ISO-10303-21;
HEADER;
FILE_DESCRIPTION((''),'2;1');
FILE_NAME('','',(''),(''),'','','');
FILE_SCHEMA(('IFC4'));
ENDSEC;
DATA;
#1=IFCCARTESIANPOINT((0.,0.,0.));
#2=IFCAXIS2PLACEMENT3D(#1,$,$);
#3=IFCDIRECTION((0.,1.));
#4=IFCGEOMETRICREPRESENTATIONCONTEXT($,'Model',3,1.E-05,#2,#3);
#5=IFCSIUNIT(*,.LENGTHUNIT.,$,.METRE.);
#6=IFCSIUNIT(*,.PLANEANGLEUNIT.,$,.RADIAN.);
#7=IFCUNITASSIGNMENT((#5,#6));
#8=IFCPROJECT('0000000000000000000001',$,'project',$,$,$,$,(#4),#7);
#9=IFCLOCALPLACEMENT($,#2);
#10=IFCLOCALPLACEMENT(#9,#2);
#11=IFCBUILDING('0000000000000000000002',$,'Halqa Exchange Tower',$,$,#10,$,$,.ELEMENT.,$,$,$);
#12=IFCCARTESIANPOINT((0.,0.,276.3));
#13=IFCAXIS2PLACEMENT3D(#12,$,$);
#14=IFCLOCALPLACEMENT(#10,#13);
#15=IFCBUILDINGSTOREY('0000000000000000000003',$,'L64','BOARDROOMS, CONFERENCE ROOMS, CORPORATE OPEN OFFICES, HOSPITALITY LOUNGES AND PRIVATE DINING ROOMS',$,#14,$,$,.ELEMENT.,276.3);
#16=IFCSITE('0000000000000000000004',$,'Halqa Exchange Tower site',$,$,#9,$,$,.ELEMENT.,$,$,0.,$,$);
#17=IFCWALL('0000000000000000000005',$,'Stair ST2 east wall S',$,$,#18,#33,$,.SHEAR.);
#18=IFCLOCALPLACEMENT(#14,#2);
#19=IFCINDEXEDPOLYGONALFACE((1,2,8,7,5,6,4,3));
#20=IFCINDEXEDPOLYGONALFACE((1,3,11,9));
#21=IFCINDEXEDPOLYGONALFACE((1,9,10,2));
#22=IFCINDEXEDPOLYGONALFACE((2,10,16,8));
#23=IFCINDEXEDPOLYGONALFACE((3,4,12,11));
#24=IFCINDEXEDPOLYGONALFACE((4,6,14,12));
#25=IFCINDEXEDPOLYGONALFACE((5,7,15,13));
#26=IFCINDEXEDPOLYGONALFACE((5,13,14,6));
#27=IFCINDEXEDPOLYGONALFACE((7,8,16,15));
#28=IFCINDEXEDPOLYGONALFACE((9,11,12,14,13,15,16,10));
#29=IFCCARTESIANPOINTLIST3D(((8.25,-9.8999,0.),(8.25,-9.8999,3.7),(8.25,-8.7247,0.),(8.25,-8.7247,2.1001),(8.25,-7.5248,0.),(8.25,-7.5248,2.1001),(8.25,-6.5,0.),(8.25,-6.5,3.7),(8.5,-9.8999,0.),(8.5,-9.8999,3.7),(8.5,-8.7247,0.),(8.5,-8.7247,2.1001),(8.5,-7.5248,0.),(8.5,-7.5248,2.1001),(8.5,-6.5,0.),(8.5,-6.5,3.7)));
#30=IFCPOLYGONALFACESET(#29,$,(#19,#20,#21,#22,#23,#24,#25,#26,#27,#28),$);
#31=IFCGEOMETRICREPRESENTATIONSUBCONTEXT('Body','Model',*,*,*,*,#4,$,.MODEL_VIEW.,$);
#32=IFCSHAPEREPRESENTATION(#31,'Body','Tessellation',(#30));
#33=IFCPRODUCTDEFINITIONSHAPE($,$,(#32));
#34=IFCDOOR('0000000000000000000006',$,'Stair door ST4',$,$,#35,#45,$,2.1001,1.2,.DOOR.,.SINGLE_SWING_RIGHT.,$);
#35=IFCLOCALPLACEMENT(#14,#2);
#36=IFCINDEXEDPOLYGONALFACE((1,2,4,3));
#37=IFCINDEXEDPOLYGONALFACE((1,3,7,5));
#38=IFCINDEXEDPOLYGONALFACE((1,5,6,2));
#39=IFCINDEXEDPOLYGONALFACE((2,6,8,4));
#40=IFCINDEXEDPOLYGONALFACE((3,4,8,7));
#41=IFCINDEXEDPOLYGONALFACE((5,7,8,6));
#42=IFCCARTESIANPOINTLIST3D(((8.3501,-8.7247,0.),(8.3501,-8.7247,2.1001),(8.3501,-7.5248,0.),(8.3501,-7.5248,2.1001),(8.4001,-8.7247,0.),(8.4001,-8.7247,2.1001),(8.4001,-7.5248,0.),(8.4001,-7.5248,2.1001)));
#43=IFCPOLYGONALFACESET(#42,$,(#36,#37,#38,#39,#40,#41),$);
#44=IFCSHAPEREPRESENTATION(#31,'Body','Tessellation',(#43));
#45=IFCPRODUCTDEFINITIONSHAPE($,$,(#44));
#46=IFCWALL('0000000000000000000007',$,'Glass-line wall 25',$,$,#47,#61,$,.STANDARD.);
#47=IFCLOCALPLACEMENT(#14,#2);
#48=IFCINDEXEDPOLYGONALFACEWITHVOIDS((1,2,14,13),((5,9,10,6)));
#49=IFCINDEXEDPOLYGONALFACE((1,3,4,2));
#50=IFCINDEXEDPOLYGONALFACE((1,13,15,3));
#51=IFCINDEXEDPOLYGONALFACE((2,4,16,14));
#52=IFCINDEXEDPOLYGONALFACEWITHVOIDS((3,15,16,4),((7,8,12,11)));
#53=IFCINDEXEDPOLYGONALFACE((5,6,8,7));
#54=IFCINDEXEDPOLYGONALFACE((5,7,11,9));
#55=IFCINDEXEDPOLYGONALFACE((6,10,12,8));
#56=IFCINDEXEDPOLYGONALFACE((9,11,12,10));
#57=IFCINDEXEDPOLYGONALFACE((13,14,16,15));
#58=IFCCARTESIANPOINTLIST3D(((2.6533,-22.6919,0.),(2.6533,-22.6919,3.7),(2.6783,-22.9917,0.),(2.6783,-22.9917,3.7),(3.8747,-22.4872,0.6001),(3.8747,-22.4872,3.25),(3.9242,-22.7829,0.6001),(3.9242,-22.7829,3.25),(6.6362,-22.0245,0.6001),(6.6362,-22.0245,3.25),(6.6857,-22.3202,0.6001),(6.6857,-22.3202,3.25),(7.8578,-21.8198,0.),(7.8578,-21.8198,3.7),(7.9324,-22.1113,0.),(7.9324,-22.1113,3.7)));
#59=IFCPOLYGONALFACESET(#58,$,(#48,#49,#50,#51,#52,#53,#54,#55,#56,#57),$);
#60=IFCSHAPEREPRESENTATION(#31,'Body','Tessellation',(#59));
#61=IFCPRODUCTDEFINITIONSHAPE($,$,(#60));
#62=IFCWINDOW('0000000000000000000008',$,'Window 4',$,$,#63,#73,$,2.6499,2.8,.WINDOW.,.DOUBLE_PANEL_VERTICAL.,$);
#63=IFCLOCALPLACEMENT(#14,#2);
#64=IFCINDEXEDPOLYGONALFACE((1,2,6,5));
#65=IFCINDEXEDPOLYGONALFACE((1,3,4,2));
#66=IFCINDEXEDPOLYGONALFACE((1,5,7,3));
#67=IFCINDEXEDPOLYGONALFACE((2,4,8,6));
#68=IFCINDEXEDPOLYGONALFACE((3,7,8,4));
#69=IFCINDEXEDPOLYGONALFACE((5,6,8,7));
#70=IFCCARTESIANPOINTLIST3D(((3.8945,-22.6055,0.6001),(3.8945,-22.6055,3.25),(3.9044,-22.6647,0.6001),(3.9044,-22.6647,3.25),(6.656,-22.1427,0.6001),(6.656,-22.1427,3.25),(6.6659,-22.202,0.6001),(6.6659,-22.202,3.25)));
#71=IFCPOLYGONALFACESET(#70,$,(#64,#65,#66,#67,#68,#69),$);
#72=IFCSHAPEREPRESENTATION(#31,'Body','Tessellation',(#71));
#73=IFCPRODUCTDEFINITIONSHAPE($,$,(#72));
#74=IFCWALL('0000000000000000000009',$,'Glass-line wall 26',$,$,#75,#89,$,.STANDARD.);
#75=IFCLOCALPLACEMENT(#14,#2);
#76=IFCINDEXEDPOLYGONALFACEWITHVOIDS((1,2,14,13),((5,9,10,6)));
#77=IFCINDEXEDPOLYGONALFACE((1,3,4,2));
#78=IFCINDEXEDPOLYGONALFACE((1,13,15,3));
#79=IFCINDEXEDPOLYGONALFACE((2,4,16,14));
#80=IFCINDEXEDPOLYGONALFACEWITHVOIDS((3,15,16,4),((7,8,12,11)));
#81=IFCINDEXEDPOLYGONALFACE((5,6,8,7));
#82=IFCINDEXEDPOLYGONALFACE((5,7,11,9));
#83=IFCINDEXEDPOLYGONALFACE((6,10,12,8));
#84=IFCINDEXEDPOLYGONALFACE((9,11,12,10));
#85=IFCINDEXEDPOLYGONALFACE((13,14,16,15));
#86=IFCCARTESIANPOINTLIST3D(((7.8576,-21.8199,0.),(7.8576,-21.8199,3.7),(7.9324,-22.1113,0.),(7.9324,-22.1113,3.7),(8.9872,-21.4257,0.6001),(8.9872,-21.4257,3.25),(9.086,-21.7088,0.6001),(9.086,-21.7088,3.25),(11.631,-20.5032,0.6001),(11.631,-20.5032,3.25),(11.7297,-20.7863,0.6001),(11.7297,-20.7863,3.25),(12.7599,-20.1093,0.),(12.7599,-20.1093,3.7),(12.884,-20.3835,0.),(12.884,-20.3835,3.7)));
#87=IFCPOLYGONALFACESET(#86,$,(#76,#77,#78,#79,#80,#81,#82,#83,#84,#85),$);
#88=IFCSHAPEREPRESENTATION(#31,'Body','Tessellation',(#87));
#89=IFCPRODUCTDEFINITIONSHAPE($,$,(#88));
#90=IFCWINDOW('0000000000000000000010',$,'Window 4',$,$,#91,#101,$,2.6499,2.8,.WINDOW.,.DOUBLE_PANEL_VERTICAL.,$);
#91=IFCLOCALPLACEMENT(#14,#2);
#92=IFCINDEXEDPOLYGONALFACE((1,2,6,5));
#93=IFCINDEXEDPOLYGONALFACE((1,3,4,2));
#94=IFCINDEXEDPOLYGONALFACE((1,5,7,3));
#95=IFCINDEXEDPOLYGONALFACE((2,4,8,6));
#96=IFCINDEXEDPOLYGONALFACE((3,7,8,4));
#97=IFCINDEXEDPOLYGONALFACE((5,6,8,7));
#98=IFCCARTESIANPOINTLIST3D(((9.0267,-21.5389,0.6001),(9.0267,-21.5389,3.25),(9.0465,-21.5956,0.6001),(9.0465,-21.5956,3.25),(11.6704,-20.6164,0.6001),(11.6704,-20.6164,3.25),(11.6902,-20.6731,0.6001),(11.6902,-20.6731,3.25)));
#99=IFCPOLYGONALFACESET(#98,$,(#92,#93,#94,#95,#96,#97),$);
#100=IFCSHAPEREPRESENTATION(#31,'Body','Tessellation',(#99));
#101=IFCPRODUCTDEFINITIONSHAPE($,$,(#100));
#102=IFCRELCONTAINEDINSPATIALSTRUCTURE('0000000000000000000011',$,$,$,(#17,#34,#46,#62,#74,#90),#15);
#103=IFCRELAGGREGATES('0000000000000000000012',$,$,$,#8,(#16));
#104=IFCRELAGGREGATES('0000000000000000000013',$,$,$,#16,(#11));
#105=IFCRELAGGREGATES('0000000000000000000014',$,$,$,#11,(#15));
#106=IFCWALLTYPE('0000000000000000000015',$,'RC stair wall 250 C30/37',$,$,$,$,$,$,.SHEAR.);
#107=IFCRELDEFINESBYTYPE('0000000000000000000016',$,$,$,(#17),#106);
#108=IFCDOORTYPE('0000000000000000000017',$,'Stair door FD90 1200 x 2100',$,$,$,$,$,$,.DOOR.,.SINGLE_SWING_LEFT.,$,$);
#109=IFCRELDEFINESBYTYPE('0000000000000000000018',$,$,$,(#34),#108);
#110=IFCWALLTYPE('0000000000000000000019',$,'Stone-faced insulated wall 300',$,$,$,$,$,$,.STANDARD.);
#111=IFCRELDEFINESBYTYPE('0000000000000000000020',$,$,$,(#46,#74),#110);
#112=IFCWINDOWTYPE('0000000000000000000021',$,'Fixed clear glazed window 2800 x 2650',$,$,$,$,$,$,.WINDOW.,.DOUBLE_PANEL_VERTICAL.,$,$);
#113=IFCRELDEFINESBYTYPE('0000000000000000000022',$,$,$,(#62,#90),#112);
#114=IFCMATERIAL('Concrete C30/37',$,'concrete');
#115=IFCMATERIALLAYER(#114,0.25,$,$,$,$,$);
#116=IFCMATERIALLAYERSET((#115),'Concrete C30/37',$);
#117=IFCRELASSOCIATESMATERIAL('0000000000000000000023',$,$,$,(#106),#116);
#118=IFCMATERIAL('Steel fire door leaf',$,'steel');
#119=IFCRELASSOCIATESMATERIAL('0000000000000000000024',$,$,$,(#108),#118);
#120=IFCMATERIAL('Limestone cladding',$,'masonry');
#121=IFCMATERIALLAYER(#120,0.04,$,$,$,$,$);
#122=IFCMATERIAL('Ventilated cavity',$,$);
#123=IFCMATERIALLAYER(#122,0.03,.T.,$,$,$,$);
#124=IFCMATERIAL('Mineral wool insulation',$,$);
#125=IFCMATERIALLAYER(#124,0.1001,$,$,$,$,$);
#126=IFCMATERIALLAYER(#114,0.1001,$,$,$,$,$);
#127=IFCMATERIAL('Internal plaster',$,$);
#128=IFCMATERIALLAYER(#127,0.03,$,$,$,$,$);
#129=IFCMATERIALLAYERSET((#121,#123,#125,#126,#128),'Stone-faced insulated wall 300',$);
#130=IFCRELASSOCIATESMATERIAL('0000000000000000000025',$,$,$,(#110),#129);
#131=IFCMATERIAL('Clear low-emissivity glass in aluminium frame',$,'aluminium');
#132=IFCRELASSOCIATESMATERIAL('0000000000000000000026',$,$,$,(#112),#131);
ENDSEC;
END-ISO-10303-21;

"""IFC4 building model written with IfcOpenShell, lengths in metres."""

from ifc_helpers import new_model, si_unit, direction, frame, frame_2d, origin, place, context, subcontext, project, spatial, polyline, rectangle, outline, extrude, material, layer, layer_set, type_object, element, fill, save


model = new_model("IFC4")

# Units and contexts
model_context = context("Model", 3, precision=1e-05, world=origin(), true_north=direction((0.0, 1.0)))
body_context = subcontext(model_context, "Body", "Model", "MODEL_VIEW")
ifc_project = project(units=[si_unit("LENGTHUNIT", "METRE"), si_unit("PLANEANGLEUNIT", "RADIAN")], contexts=[model_context])

# Site, building, storey
site_placement = place(None, origin())
site = spatial("IfcSite", under=ifc_project, at=site_placement, Name="Halqa Exchange Tower site", CompositionType="ELEMENT", RefElevation=0.0)
building_placement = place(site_placement, origin())
building = spatial("IfcBuilding", under=site, at=building_placement, Name="Halqa Exchange Tower", CompositionType="ELEMENT")
storey_placement = place(building_placement, frame((0.0, 0.0, 276.3)))
storey = spatial("IfcBuildingStorey", under=building, at=storey_placement, Name="L64", Description="BOARDROOMS, CONFERENCE ROOMS, CORPORATE OPEN OFFICES, HOSPITALITY LOUNGES AND PRIVATE DINING ROOMS", CompositionType="ELEMENT", Elevation=276.3)

# Shared definitions
ifc_material_1 = material(Name="Steel fire door leaf", Category="steel")

# Shared definitions
ifc_material_2 = material(Name="Concrete C30/37", Category="concrete")
ifc_layer_1 = layer(ifc_material_2, 0.25)
ifc_layer_set_1 = layer_set([ifc_layer_1], Name="Concrete C30/37")
wall_type_1 = type_object("IfcWallType", Name="RC stair wall 250 C30/37", PredefinedType="SHEAR", material=ifc_layer_set_1)

# Wall, opening, door
wall_1_placement = place(storey_placement, frame((8.375, -9.8999, 0.0), z_axis=(0.0, 0.0, 1.0), x_axis=(0.0, 1.0, 0.0)))
wall_1 = element("IfcWall", 1, at=wall_1_placement, inside=storey, type_object=wall_type_1, Name="Stair ST2 east wall S", PredefinedType="SHEAR", context=body_context, shape_type="SweptSolid", body=[
    extrude(rectangle(XDim=3.3999, YDim=0.25, at=frame_2d((1.7, 0.0))), origin(), (0.0, 0.0, 1.0), 3.7),
])
opening_1_placement = place(wall_1_placement, frame((1.175, 0.0, 0.0)))
opening_1 = element("IfcOpeningElement", 2, at=opening_1_placement, cuts=wall_1, PredefinedType="OPENING", context=body_context, shape_type="SweptSolid", body=[
    extrude(rectangle(XDim=1.2, YDim=2.1001, at=frame_2d((0.6001, 1.05))), frame((0.0, 0.137, 0.0), z_axis=(0.0, -1.0, 0.0), x_axis=(1.0, 0.0, 0.0)), (0.0, 0.0, 1.0), 0.2739),
])
door_type_1 = type_object("IfcDoorType", Name="Stair door FD90 1200 x 2100", OperationType="SINGLE_SWING_LEFT", PredefinedType="DOOR", material=ifc_material_1)
door_1_placement = place(opening_1_placement, origin())
door_1 = element("IfcDoor", 3, at=door_1_placement, inside=storey, type_object=door_type_1, Name="Stair door ST4", OperationType="SINGLE_SWING_RIGHT", OverallHeight=2.1001, OverallWidth=1.2, PredefinedType="DOOR", context=body_context, shape_type="SweptSolid", body=[
    extrude(rectangle(XDim=1.2, YDim=2.1001, at=frame_2d((0.6001, 1.05))), frame((0.0, 0.0249, 0.0), z_axis=(0.0, -1.0, 0.0), x_axis=(1.0, 0.0, 0.0)), (0.0, 0.0, 1.0), 0.05),
])
fill(opening_1, door_1)

# Walls, openings, windows
ifc_material_3 = material(Name="Limestone cladding", Category="masonry")
ifc_layer_2 = layer(ifc_material_3, 0.04)
ifc_material_4 = material(Name="Ventilated cavity")
ifc_layer_3 = layer(ifc_material_4, 0.03, ventilated=True)
ifc_material_5 = material(Name="Mineral wool insulation")
ifc_layer_4 = layer(ifc_material_5, 0.1001)
ifc_layer_5 = layer(ifc_material_2, 0.1001)
ifc_material_6 = material(Name="Internal plaster")
ifc_layer_6 = layer(ifc_material_6, 0.03)
ifc_layer_set_2 = layer_set([ifc_layer_2, ifc_layer_3, ifc_layer_4, ifc_layer_5, ifc_layer_6], Name="Stone-faced insulated wall 300")
wall_type_2 = type_object("IfcWallType", Name="Stone-faced insulated wall 300", PredefinedType="STANDARD", material=ifc_layer_set_2)
wall_2_placement = place(storey_placement, frame((2.6658, -22.8418, 0.0), z_axis=(0.0, 0.0, 1.0), x_axis=(0.98625, 0.165258, 0.0)))
wall_2 = element("IfcWall", 4, at=wall_2_placement, inside=storey, type_object=wall_type_2, Name="Glass-line wall 25", PredefinedType="STANDARD", context=body_context, shape_type="SweptSolid", body=[
    extrude(outline(polyline([(-0.0125, -0.1499), (5.3149, -0.1499), (5.2896, 0.1499), (0.0125, 0.1499), (-0.0125, -0.1499)])), origin(), (0.0, 0.0, 1.0), 3.7),
])
opening_2_placement = place(wall_2_placement, frame((1.251, 0.0, 0.6001)))
opening_2 = element("IfcOpeningElement", 5, at=opening_2_placement, cuts=wall_2, PredefinedType="OPENING", context=body_context, shape_type="SweptSolid", body=[
    extrude(rectangle(XDim=2.8, YDim=2.6499, at=frame_2d((1.3999, 1.325))), frame((0.0, 0.1621, 0.0), z_axis=(0.0, -1.0, 0.0), x_axis=(1.0, 0.0, 0.0)), (0.0, 0.0, 1.0), 0.324),
])
ifc_material_7 = material(Name="Clear low-emissivity glass in aluminium frame", Category="aluminium")
window_type = type_object("IfcWindowType", Name="Fixed clear glazed window 2800 x 2650", PartitioningType="DOUBLE_PANEL_VERTICAL", PredefinedType="WINDOW", material=ifc_material_7)
window_1_placement = place(opening_2_placement, origin())
window_1 = element("IfcWindow", 6, at=window_1_placement, inside=storey, type_object=window_type, Name="Window 4", OverallHeight=2.6499, OverallWidth=2.8, PartitioningType="DOUBLE_PANEL_VERTICAL", PredefinedType="WINDOW", context=body_context, shape_type="SweptSolid", body=[
    extrude(rectangle(XDim=2.8, YDim=2.6499, at=frame_2d((1.3999, 1.325))), frame((0.0, 0.03, 0.0), z_axis=(0.0, -1.0, 0.0), x_axis=(1.0, 0.0, 0.0)), (0.0, 0.0, 1.0), 0.0601),
])
fill(opening_2, window_1)
wall_3_placement = place(storey_placement, frame((7.895, -21.9656, 0.0), z_axis=(0.0, 0.0, 1.0), x_axis=(0.944169, 0.32946, 0.0)))
wall_3 = element("IfcWall", 7, at=wall_3_placement, inside=storey, type_object=wall_type_2, Name="Glass-line wall 26", PredefinedType="STANDARD", context=body_context, shape_type="SweptSolid", body=[
    extrude(outline(polyline([(-0.0127, -0.1499), (5.2317, -0.1499), (5.2048, 0.1499), (0.0127, 0.1499), (-0.0127, -0.1499)])), origin(), (0.0, 0.0, 1.0), 3.7),
])
opening_3_placement = place(wall_3_placement, frame((1.2092, 0.0, 0.6001)))
opening_3 = element("IfcOpeningElement", 8, at=opening_3_placement, cuts=wall_3, PredefinedType="OPENING", context=body_context, shape_type="SweptSolid", body=[
    extrude(rectangle(XDim=2.8, YDim=2.6499, at=frame_2d((1.3999, 1.325))), frame((0.0, 0.1621, 0.0), z_axis=(0.0, -1.0, 0.0), x_axis=(1.0, 0.0, 0.0)), (0.0, 0.0, 1.0), 0.324),
])
window_2_placement = place(opening_3_placement, origin())
window_2 = element("IfcWindow", 9, at=window_2_placement, inside=storey, type_object=window_type, Name="Window 4", OverallHeight=2.6499, OverallWidth=2.8, PartitioningType="DOUBLE_PANEL_VERTICAL", PredefinedType="WINDOW", context=body_context, shape_type="SweptSolid", body=[
    extrude(rectangle(XDim=2.8, YDim=2.6499, at=frame_2d((1.3999, 1.325))), frame((0.0, 0.03, 0.0), z_axis=(0.0, -1.0, 0.0), x_axis=(1.0, 0.0, 0.0)), (0.0, 0.0, 1.0), 0.0601),
])
fill(opening_3, window_2)

save(model, "model.ifc")
